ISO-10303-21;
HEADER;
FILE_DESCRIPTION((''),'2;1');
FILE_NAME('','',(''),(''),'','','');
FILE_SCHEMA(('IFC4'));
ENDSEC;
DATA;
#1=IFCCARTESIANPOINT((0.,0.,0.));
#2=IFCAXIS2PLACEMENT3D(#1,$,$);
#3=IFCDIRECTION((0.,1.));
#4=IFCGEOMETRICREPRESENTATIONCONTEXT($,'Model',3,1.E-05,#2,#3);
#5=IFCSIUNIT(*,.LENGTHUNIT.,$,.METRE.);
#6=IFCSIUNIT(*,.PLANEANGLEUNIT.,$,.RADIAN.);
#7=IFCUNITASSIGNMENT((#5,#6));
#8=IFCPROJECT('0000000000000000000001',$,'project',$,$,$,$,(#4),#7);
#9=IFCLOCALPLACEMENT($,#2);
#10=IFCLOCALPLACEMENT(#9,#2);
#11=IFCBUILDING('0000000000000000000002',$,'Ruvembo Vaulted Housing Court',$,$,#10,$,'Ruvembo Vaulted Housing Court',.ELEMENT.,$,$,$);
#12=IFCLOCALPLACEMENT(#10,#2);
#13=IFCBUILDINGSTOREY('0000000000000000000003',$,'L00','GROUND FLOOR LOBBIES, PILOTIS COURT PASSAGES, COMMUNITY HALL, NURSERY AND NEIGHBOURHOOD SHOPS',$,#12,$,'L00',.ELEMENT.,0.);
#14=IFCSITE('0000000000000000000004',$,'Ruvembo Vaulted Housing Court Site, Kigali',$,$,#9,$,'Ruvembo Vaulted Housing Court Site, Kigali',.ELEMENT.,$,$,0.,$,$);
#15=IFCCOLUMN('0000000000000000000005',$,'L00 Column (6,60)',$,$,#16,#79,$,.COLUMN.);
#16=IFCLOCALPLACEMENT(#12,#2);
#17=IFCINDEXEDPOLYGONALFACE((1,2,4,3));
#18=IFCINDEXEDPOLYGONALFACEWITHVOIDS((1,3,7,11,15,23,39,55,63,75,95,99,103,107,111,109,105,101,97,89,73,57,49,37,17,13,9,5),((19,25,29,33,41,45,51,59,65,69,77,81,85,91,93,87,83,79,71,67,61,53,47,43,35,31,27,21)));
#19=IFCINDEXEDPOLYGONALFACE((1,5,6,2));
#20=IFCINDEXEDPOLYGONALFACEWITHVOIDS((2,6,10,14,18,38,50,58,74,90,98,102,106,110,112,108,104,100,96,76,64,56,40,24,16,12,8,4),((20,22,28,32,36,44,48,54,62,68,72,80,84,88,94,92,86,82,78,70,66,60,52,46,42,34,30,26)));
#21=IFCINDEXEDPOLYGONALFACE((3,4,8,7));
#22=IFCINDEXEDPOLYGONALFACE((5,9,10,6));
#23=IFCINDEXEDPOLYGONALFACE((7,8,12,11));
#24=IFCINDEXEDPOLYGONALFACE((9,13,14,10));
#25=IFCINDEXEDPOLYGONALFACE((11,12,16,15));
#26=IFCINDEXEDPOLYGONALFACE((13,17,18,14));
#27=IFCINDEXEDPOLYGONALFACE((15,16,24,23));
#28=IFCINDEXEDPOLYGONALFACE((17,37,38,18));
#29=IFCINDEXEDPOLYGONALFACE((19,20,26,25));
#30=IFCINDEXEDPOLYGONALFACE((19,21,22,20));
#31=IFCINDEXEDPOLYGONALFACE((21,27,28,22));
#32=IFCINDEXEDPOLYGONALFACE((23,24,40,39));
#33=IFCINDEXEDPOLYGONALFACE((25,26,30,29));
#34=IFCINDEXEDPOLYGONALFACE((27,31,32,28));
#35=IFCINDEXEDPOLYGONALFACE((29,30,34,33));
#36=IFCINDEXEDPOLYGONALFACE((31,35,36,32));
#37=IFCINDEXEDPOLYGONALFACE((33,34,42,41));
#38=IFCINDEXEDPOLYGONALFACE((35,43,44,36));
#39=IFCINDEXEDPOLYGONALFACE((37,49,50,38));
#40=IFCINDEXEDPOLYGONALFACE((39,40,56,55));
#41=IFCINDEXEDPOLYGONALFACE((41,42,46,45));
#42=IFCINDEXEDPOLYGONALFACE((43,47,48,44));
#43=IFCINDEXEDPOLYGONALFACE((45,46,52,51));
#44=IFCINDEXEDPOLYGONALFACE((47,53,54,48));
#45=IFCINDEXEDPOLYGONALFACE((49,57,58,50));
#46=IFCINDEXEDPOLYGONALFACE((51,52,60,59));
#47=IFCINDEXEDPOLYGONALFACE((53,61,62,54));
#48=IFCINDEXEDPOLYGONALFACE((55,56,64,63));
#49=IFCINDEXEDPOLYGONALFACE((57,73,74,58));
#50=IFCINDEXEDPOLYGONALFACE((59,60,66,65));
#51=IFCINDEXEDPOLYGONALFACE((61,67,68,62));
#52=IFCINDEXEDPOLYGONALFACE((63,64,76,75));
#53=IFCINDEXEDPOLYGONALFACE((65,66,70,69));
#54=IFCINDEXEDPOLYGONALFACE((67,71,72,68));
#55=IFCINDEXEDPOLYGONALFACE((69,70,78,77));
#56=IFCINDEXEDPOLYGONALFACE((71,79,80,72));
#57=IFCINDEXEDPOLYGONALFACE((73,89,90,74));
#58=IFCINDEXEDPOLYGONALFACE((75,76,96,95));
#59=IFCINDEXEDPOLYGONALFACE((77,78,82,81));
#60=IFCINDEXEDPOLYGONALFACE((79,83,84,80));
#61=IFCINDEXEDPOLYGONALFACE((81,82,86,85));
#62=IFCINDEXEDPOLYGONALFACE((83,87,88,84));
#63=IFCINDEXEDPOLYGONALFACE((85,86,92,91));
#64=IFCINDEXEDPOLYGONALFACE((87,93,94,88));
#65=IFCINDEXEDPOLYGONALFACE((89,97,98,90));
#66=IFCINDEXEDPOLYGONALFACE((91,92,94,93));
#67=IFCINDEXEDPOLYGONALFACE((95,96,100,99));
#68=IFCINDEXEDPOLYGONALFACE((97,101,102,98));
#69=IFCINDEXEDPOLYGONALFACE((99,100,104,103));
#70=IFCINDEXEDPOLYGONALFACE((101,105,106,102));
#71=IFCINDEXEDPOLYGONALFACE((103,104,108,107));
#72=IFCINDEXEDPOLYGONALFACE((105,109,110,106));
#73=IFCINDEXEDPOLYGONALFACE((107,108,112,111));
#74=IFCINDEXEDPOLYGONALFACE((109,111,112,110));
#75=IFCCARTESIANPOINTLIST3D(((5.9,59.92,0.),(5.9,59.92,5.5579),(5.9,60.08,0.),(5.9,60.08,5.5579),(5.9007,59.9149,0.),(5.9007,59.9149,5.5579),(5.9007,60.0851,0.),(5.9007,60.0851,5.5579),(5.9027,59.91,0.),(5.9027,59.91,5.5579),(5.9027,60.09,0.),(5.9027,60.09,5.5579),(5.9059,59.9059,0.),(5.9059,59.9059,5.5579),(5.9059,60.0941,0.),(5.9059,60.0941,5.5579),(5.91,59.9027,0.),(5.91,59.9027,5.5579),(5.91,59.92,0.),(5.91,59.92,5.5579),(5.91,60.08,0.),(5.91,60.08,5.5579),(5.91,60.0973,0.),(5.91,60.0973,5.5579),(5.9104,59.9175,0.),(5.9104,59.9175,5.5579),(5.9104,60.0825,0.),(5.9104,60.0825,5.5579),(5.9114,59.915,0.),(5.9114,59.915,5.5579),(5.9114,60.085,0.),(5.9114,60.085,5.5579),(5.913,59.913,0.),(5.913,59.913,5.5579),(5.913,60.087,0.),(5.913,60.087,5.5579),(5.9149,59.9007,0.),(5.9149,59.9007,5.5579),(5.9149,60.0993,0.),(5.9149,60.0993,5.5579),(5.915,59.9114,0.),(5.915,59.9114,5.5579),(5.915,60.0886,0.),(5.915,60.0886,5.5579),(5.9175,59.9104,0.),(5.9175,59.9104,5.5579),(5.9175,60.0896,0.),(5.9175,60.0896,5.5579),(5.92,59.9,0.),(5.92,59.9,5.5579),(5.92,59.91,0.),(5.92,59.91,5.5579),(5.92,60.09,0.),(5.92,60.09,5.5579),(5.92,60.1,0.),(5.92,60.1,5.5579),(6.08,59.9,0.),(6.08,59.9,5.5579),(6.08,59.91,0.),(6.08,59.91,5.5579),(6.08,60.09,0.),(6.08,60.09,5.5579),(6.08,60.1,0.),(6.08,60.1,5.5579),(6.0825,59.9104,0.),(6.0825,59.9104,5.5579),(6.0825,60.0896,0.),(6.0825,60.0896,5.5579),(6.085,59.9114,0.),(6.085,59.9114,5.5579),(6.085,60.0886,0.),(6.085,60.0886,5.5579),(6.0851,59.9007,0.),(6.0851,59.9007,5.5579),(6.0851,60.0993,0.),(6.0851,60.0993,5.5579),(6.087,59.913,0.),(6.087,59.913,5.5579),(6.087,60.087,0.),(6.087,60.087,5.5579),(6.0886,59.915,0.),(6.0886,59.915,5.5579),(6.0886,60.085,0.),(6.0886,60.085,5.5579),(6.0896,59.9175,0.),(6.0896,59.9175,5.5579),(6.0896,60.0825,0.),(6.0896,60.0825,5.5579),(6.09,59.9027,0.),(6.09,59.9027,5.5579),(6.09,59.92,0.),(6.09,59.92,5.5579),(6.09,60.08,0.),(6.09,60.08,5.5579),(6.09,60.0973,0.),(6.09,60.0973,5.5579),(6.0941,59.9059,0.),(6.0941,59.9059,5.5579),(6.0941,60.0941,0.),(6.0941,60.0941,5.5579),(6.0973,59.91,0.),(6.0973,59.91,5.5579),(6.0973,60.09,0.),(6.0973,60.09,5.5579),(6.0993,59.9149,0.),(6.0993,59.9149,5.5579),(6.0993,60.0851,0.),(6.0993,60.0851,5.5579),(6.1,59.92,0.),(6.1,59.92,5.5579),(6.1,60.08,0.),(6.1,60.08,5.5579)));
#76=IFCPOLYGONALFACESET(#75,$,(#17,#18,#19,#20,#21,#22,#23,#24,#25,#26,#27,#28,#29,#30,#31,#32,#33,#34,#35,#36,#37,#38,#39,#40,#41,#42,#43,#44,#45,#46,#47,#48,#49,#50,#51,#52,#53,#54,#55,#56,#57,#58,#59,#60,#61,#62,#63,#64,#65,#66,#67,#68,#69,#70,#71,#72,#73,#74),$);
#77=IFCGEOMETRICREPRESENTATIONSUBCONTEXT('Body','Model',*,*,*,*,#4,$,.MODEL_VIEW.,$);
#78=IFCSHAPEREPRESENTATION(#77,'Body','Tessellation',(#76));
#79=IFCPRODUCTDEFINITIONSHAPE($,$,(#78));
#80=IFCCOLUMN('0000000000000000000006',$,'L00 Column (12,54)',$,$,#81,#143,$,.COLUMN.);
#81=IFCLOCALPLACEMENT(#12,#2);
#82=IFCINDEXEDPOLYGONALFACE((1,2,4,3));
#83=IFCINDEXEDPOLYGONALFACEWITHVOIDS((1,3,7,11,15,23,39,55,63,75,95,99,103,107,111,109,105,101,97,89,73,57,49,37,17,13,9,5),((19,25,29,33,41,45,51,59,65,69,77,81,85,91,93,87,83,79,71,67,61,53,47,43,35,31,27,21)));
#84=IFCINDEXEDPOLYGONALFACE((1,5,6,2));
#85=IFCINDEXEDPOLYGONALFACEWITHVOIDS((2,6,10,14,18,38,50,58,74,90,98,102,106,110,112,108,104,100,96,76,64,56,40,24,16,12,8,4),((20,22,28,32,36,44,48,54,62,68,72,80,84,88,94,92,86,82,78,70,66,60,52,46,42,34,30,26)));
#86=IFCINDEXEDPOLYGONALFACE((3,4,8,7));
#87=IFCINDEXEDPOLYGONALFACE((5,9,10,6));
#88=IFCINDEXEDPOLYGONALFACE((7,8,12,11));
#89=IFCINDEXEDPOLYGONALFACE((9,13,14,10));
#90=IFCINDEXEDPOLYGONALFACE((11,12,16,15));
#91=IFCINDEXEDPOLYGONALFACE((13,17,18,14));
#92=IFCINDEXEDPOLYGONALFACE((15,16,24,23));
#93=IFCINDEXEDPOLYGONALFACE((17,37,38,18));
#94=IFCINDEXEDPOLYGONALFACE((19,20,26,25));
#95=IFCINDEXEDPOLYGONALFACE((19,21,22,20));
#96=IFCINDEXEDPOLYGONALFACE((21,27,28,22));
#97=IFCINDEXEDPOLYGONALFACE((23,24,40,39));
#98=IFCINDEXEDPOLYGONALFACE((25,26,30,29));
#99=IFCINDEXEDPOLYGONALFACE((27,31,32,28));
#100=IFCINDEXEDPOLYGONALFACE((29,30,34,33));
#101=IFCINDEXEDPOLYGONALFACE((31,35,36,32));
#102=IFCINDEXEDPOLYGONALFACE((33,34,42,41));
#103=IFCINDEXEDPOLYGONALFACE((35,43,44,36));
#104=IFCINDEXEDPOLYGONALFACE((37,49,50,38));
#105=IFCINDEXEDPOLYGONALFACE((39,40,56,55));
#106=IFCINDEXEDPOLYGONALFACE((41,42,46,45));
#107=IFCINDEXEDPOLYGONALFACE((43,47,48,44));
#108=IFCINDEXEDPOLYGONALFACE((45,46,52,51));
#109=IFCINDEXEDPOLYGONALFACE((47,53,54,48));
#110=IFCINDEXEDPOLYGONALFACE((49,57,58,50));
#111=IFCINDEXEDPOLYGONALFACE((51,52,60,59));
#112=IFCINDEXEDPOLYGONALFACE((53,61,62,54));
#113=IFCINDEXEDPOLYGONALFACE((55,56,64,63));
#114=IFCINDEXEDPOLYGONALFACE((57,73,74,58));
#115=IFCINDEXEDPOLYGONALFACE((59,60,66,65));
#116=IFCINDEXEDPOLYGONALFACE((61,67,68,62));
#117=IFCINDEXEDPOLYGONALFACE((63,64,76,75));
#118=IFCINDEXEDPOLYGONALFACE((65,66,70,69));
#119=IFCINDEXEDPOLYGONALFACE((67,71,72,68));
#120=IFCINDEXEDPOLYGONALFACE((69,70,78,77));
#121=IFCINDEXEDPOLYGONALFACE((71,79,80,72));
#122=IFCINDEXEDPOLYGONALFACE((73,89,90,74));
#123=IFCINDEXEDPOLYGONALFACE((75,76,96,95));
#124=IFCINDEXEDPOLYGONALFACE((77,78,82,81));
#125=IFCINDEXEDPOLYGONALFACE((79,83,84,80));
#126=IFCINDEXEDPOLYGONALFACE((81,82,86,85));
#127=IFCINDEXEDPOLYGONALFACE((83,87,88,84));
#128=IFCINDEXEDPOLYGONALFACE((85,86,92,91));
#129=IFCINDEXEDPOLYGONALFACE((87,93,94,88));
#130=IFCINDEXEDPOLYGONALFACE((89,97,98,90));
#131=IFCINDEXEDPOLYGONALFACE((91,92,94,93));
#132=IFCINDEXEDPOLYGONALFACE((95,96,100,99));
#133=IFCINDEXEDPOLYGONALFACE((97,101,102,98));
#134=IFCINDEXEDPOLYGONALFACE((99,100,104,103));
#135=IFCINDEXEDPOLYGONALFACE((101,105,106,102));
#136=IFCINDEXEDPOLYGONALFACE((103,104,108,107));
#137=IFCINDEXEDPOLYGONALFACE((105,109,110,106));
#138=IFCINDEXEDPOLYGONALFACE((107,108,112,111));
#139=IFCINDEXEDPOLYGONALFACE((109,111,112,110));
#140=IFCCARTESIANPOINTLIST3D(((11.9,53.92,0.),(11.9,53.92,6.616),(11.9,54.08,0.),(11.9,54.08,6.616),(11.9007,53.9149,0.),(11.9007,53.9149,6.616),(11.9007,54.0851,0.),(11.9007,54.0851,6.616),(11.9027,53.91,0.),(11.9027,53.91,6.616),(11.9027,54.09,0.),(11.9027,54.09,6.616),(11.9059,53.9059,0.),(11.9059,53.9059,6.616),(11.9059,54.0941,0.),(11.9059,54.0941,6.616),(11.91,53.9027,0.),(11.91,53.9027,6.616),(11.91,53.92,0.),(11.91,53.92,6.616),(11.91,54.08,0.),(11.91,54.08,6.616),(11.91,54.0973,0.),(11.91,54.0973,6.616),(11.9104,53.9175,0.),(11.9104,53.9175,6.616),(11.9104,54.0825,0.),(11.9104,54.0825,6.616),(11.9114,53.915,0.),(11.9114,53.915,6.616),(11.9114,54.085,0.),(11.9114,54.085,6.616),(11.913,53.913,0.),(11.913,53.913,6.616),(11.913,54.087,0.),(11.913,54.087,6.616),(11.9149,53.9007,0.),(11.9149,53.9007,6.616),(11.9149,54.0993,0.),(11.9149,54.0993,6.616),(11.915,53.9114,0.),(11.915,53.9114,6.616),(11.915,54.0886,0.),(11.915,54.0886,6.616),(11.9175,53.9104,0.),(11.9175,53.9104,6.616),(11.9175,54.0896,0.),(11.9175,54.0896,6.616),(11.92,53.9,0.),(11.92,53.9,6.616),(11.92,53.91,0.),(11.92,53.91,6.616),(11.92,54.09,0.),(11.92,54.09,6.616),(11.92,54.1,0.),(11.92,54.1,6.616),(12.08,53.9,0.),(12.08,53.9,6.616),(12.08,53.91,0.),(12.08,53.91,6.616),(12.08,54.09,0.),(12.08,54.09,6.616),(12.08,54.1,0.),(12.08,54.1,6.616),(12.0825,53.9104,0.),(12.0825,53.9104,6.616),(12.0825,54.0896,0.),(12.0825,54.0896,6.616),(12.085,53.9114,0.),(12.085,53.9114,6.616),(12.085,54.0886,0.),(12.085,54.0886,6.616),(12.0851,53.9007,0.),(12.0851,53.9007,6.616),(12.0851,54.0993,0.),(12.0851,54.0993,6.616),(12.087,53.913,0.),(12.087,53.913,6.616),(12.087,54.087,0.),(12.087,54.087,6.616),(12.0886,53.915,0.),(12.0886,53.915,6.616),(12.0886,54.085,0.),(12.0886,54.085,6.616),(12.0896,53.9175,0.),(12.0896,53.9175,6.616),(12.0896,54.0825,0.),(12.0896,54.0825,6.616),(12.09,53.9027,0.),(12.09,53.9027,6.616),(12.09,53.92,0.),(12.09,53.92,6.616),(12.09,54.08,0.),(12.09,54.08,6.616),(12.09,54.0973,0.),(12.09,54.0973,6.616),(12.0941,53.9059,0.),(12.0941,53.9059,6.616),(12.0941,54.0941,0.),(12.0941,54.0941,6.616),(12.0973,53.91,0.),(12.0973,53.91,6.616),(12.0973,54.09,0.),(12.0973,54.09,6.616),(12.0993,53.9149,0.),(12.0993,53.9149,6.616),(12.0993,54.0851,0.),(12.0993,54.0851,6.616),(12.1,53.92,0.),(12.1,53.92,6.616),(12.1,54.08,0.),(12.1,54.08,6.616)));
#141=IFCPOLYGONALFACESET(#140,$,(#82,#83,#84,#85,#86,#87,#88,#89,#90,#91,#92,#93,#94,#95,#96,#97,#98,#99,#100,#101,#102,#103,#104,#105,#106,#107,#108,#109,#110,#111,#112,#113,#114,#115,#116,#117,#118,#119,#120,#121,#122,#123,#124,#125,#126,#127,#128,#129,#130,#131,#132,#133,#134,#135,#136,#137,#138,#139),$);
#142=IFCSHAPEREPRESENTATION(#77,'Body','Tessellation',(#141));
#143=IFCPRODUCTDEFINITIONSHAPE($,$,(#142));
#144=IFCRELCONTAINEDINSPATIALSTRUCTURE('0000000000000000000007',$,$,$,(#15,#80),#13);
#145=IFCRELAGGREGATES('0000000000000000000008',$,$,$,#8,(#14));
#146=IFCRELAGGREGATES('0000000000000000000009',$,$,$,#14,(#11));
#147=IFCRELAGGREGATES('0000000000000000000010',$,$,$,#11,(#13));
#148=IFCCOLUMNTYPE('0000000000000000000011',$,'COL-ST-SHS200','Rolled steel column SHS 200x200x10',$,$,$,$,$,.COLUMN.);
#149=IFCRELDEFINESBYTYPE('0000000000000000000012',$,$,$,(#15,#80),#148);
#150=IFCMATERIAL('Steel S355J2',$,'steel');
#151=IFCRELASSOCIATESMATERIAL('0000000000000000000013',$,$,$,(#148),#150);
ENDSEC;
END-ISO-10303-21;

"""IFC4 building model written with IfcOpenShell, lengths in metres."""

from ifc_helpers import new_model, si_unit, direction, frame, origin, origin_2d, place, context, subcontext, project, spatial, hollow_rectangle, extrude, material, material_profile, profile_set, type_object, element, save


model = new_model("IFC4")

# Units and contexts
model_context = context("Model", 3, precision=1e-05, world=origin(), true_north=direction((0.0, 1.0)))
body_context = subcontext(model_context, "Body", "Model", "MODEL_VIEW")
ifc_project = project(units=[si_unit("LENGTHUNIT", "METRE"), si_unit("PLANEANGLEUNIT", "RADIAN")], contexts=[model_context])

# Site, building, storey
site_placement = place(None, origin())
site = spatial("IfcSite", under=ifc_project, at=site_placement, Name="Ruvembo Vaulted Housing Court Site, Kigali", LongName="Ruvembo Vaulted Housing Court Site, Kigali", CompositionType="ELEMENT", RefElevation=0.0)
building_placement = place(site_placement, origin())
building = spatial("IfcBuilding", under=site, at=building_placement, Name="Ruvembo Vaulted Housing Court", LongName="Ruvembo Vaulted Housing Court", CompositionType="ELEMENT")
storey_placement = place(building_placement, origin())
storey = spatial("IfcBuildingStorey", under=building, at=storey_placement, Name="L00", Description="GROUND FLOOR LOBBIES, PILOTIS COURT PASSAGES, COMMUNITY HALL, NURSERY AND NEIGHBOURHOOD SHOPS", LongName="L00", CompositionType="ELEMENT", Elevation=0.0)

# Columns
ifc_material_1 = material(Name="Steel S355J2", Category="steel")
ifc_material_profile_1 = material_profile(ifc_material_1, hollow_rectangle(XDim=0.2, YDim=0.2, WallThickness=0.01, InnerFilletRadius=0.01, OuterFilletRadius=0.02, at=origin_2d()), Name="SHS 200x200x10")
ifc_profile_set_1 = profile_set([ifc_material_profile_1], Name="Steel S355J2")
column_type_1 = type_object("IfcColumnType", Name="COL-ST-SHS200", Description="Rolled steel column SHS 200x200x10", PredefinedType="COLUMN", material=ifc_profile_set_1)
for number, where, z_axis, x_axis, name in (
    (1, (6.0, 60.0, 0.0), (0.0, 0.0, 1.0), (1.0, 0.0, 0.0), "L00 Column (6,60)"),
):
    element("IfcColumn", number, at=place(storey_placement, frame(where, z_axis=z_axis, x_axis=x_axis)), inside=storey, type_object=column_type_1, Name=name, PredefinedType="COLUMN", context=body_context, shape_type="SweptSolid", body=[
        extrude(hollow_rectangle(XDim=0.2, YDim=0.2, WallThickness=0.01, InnerFilletRadius=0.01, OuterFilletRadius=0.02, at=origin_2d()), origin(), (0.0, 0.0, 1.0), 5.5579),
    ])
for number, where, z_axis, x_axis, name in (
    (2, (12.0, 54.0, 0.0), (0.0, 0.0, 1.0), (1.0, 0.0, 0.0), "L00 Column (12,54)"),
):
    element("IfcColumn", number, at=place(storey_placement, frame(where, z_axis=z_axis, x_axis=x_axis)), inside=storey, type_object=column_type_1, Name=name, PredefinedType="COLUMN", context=body_context, shape_type="SweptSolid", body=[
        extrude(hollow_rectangle(XDim=0.2, YDim=0.2, WallThickness=0.01, InnerFilletRadius=0.01, OuterFilletRadius=0.02, at=origin_2d()), origin(), (0.0, 0.0, 1.0), 6.616),
    ])

save(model, "model.ifc")
